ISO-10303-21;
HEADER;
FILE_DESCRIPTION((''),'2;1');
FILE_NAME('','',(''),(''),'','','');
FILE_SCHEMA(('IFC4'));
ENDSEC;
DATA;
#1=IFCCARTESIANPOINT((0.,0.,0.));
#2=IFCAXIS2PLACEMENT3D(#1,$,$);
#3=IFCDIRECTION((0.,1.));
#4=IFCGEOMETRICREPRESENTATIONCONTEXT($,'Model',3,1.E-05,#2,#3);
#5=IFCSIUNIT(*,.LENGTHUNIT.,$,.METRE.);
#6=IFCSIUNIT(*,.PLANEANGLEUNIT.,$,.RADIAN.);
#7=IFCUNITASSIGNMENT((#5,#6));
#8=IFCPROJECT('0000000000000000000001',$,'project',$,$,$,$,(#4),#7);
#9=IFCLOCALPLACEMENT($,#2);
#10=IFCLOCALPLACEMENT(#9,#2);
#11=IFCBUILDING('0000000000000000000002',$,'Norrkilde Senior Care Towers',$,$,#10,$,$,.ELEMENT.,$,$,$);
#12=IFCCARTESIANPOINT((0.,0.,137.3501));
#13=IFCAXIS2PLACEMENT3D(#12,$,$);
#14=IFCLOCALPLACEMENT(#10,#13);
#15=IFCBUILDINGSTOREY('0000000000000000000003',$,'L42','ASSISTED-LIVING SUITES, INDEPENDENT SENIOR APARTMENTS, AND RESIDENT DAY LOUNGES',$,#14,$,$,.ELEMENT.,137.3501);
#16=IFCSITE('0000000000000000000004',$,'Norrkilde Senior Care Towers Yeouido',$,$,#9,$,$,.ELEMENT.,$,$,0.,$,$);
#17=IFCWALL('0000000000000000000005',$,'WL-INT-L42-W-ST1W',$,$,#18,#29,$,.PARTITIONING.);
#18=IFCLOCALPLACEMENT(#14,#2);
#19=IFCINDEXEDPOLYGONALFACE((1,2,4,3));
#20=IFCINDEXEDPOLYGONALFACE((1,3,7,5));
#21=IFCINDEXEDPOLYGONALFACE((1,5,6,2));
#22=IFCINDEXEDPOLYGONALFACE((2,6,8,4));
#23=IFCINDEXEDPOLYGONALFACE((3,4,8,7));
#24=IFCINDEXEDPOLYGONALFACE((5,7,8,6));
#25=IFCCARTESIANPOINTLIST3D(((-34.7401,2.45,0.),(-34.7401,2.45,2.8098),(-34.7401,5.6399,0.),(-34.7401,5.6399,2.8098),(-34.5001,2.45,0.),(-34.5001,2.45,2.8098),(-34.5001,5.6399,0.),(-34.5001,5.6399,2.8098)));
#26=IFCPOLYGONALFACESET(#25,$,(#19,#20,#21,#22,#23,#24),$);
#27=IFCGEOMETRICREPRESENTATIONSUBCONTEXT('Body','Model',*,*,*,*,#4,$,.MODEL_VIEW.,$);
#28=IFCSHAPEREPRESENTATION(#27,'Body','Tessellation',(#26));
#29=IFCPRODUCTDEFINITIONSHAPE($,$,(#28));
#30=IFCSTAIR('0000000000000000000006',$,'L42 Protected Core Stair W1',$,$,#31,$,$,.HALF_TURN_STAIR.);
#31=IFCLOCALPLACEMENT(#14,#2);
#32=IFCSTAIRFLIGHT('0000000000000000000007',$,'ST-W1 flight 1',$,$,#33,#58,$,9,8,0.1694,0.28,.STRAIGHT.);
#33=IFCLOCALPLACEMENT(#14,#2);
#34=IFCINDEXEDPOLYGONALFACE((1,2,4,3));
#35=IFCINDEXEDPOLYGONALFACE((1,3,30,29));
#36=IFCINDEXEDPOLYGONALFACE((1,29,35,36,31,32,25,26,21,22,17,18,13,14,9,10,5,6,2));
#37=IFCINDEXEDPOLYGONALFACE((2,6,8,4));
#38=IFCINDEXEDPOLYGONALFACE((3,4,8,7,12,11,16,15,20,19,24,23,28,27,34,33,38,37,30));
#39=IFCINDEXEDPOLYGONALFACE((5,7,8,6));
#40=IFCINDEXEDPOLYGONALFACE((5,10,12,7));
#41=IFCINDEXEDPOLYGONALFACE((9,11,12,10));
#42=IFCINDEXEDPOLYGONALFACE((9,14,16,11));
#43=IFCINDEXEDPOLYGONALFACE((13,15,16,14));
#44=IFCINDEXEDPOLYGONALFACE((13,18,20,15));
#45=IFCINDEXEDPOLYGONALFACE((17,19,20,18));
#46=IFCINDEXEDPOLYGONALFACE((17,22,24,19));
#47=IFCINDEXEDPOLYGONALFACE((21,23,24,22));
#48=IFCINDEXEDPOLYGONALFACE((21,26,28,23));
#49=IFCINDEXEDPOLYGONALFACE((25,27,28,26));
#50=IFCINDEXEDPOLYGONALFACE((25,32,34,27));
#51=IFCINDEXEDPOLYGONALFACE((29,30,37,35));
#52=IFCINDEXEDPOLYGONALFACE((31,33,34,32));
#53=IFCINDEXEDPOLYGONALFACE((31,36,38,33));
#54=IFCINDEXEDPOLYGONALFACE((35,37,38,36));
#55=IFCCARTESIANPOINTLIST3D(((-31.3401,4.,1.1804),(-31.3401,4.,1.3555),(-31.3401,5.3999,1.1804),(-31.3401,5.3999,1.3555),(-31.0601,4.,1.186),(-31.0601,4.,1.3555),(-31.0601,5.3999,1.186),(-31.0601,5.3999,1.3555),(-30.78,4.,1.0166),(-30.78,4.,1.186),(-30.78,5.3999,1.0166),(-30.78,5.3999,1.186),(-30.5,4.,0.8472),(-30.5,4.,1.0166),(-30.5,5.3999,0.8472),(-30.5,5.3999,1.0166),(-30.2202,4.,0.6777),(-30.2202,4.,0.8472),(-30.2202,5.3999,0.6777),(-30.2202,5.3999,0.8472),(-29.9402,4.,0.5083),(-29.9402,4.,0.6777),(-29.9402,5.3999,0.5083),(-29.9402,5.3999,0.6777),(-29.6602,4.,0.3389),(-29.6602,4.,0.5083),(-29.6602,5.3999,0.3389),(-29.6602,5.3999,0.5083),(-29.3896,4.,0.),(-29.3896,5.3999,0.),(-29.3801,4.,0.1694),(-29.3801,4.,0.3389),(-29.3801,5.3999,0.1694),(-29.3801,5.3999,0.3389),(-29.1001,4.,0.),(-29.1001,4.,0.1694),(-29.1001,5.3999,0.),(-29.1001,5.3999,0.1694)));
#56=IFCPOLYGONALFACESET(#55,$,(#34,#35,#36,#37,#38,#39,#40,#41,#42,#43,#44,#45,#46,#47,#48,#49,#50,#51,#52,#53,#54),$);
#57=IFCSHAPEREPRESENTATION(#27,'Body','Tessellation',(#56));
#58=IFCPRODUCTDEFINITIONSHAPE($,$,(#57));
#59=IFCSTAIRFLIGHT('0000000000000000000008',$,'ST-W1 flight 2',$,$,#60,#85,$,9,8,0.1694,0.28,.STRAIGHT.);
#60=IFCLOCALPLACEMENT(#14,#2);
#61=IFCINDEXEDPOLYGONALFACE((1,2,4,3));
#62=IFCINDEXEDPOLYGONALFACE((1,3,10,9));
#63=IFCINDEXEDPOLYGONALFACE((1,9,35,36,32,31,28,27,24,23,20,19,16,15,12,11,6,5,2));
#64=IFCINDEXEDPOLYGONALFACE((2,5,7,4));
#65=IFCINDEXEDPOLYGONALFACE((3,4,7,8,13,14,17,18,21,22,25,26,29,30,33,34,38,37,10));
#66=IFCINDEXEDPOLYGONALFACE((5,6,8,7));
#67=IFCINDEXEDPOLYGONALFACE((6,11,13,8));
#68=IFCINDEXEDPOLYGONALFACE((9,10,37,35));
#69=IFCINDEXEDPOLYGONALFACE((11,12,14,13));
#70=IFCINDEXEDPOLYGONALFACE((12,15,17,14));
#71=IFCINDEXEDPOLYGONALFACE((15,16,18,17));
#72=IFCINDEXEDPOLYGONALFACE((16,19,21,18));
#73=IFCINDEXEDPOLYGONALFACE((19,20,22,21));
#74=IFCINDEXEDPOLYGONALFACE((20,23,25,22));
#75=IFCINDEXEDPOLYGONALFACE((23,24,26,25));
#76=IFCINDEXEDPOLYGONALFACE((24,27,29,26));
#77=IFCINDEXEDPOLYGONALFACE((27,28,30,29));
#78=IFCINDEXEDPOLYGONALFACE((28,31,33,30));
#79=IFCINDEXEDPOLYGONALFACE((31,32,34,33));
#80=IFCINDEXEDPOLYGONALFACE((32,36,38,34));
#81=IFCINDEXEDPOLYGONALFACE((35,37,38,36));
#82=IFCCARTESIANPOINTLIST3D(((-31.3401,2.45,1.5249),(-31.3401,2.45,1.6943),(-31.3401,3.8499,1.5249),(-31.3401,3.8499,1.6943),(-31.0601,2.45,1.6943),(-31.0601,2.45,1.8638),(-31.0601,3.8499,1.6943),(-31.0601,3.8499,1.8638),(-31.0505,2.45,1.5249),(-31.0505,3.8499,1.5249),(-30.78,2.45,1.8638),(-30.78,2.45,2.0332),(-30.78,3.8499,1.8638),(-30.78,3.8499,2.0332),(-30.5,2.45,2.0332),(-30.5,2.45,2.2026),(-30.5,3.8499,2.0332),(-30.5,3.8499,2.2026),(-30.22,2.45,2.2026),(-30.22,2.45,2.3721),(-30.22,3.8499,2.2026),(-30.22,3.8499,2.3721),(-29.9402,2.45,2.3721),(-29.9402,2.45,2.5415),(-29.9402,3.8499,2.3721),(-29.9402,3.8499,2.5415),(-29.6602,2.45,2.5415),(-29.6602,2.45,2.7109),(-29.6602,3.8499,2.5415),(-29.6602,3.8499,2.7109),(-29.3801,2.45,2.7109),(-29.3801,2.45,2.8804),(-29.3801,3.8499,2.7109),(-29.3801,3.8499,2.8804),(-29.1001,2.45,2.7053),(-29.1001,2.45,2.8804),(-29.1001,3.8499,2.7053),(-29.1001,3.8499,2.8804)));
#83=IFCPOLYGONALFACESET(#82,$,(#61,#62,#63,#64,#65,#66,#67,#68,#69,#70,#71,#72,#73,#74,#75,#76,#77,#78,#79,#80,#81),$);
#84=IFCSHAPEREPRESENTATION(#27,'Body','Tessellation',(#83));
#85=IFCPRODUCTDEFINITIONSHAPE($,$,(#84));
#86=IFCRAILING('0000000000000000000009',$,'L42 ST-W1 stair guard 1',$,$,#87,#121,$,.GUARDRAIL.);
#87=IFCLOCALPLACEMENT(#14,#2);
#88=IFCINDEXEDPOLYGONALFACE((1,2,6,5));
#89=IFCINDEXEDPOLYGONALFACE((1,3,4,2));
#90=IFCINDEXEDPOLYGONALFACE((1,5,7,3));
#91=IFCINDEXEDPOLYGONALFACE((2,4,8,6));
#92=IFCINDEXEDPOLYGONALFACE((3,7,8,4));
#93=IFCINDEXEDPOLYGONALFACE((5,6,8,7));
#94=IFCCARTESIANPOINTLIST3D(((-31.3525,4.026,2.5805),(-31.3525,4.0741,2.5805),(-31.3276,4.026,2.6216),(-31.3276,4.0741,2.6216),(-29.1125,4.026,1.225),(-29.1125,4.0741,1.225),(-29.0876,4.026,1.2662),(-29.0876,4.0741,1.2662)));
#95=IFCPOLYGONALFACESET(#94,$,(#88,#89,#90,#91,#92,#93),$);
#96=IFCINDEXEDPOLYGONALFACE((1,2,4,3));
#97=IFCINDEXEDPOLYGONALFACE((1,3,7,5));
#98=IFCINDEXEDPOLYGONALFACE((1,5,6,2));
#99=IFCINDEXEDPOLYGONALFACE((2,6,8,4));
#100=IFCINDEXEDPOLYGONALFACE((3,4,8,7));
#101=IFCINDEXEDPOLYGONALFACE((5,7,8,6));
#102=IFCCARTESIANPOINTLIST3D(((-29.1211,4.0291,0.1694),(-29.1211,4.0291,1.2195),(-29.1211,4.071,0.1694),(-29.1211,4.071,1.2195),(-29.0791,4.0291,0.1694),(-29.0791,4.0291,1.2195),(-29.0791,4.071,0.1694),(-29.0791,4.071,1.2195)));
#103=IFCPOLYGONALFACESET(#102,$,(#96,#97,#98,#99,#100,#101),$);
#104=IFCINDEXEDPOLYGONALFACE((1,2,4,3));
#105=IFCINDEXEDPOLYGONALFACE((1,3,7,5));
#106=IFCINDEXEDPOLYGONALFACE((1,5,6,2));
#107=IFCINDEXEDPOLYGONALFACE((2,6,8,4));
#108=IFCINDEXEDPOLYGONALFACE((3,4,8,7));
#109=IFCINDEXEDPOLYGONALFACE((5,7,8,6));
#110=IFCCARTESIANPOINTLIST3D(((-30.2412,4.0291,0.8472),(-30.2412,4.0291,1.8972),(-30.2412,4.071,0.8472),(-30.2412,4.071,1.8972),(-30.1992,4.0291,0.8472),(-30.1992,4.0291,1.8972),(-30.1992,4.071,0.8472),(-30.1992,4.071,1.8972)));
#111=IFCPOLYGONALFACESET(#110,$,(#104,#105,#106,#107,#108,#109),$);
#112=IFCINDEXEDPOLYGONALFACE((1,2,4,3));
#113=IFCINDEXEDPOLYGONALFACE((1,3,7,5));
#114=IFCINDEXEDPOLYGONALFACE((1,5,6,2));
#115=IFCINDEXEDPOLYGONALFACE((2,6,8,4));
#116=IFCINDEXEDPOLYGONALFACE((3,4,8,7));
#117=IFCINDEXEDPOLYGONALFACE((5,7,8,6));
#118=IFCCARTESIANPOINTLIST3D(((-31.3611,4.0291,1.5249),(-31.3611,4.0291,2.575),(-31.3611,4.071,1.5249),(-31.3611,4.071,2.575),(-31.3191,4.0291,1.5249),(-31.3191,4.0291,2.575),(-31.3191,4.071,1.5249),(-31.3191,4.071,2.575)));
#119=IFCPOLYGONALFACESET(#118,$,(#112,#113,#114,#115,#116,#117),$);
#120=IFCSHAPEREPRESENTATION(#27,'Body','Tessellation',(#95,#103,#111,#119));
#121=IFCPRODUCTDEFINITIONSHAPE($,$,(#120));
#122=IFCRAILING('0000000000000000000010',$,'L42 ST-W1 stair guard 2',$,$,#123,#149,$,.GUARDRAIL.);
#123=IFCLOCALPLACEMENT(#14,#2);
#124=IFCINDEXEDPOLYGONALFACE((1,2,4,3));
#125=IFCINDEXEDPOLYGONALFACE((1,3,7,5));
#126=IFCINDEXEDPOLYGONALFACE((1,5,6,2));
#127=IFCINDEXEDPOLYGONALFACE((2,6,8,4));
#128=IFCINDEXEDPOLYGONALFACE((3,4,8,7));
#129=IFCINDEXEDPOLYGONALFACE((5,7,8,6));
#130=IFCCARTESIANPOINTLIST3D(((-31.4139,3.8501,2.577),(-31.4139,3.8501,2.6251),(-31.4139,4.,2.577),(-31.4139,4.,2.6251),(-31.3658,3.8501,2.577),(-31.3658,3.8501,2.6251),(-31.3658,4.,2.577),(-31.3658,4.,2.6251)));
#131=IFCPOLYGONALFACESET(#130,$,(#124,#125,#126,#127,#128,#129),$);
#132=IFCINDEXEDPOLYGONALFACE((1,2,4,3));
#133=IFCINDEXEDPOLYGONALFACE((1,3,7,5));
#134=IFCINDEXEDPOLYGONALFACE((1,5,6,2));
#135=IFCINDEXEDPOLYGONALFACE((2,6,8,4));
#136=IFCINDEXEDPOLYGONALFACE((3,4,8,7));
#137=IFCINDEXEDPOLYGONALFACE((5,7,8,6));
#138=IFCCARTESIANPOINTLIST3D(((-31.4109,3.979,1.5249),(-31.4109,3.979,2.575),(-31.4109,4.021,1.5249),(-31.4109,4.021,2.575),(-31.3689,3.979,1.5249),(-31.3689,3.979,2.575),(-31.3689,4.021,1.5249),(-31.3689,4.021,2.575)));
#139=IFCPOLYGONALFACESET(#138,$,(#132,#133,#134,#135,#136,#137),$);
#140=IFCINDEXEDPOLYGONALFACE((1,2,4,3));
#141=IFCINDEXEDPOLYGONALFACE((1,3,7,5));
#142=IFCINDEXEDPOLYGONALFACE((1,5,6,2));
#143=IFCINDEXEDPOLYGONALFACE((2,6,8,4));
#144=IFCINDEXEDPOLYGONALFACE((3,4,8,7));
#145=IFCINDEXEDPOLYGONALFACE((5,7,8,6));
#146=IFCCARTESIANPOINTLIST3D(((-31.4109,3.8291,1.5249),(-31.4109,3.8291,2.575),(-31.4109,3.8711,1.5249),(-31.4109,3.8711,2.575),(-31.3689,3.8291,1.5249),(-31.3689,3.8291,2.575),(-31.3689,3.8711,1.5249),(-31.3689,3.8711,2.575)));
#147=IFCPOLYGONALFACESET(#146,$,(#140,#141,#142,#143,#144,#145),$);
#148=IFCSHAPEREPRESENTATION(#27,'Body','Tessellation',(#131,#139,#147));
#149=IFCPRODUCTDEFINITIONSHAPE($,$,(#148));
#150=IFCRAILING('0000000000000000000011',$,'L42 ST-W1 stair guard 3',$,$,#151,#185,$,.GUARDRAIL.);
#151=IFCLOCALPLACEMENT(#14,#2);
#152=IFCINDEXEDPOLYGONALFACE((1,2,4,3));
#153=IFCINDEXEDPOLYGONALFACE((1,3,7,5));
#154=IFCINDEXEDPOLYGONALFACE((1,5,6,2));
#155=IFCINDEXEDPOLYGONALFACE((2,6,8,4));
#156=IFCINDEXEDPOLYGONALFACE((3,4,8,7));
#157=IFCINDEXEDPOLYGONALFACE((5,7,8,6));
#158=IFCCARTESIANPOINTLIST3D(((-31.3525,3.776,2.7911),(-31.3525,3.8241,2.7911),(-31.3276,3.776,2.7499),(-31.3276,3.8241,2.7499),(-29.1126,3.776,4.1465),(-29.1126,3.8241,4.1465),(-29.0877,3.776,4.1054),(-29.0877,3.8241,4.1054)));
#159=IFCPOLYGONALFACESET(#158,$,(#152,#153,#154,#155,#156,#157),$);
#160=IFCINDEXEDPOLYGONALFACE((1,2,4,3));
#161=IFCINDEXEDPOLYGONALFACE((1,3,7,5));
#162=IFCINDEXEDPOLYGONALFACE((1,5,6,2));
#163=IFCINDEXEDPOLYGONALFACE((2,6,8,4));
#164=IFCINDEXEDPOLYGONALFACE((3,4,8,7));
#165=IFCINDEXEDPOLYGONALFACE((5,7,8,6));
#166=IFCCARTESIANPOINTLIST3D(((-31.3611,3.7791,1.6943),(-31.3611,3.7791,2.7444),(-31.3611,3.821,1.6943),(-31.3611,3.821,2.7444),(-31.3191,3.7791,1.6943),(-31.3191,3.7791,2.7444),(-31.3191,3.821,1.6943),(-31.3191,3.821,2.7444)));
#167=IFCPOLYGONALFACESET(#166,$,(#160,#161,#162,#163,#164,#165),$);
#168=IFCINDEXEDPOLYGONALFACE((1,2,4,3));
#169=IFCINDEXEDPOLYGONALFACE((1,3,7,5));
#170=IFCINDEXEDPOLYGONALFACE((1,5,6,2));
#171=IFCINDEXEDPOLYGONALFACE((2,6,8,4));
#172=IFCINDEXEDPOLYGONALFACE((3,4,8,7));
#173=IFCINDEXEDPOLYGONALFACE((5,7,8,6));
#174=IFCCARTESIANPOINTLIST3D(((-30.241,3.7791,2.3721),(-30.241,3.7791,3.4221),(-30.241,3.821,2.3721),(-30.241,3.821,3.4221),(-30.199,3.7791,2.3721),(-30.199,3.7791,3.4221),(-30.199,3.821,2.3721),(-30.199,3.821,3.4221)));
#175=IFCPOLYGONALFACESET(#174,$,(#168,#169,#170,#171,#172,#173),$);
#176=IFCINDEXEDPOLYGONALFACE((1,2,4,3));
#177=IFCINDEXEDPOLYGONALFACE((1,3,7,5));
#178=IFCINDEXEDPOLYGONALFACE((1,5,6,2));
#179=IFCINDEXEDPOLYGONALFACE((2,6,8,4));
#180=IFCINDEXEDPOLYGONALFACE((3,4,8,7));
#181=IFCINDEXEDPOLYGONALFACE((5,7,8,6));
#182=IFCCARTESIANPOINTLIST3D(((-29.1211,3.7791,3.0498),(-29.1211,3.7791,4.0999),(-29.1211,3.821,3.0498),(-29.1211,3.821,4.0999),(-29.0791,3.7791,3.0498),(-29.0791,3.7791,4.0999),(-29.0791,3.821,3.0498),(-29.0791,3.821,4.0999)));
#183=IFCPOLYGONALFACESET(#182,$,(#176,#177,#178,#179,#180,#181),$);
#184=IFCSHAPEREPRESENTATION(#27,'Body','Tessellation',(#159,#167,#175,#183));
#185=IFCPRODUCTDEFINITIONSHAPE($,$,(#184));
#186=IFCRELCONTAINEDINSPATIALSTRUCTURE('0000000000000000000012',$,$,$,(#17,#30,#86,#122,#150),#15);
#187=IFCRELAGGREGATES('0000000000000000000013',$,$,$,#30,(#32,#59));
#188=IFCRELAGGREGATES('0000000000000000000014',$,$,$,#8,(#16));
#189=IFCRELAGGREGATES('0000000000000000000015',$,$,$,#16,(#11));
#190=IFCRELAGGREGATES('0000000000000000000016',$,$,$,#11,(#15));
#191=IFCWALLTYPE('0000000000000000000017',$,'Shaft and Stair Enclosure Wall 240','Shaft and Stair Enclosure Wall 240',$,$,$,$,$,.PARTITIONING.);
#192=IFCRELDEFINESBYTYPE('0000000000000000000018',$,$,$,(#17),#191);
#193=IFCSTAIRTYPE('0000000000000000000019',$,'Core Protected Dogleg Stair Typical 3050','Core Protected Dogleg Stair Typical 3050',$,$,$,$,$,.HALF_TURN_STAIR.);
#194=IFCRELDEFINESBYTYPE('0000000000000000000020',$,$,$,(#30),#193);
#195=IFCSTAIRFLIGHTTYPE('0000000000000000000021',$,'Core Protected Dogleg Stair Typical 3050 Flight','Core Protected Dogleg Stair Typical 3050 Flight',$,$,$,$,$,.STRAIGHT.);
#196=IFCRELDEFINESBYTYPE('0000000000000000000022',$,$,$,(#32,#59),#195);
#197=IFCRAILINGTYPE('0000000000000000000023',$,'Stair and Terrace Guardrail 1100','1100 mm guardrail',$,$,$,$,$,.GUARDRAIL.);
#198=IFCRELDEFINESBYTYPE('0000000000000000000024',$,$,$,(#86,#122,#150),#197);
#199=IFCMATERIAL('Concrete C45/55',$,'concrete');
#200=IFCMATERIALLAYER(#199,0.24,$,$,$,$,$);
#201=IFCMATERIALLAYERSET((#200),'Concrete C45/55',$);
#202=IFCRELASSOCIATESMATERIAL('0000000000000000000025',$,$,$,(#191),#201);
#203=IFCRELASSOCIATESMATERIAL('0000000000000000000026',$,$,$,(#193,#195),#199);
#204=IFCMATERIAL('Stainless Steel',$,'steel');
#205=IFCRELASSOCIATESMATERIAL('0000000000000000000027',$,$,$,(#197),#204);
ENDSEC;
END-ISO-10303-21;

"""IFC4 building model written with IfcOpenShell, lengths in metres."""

from ifc_helpers import new_model, si_unit, direction, frame, frame_2d, origin, origin_2d, place, context, subcontext, project, spatial, polyline, rectangle, outline, extrude, source, transform, mapped, material, layer, layer_set, type_object, element, aggregate, save


model = new_model("IFC4")

# Units and contexts
model_context = context("Model", 3, precision=1e-05, world=origin(), true_north=direction((0.0, 1.0)))
body_context = subcontext(model_context, "Body", "Model", "MODEL_VIEW")
ifc_project = project(units=[si_unit("LENGTHUNIT", "METRE"), si_unit("PLANEANGLEUNIT", "RADIAN")], contexts=[model_context])

# Site, building, storey
site_placement = place(None, origin())
site = spatial("IfcSite", under=ifc_project, at=site_placement, Name="Norrkilde Senior Care Towers Yeouido", CompositionType="ELEMENT", RefElevation=0.0)
building_placement = place(site_placement, origin())
building = spatial("IfcBuilding", under=site, at=building_placement, Name="Norrkilde Senior Care Towers", CompositionType="ELEMENT")
storey_placement = place(building_placement, frame((0.0, 0.0, 137.3501)))
storey = spatial("IfcBuildingStorey", under=building, at=storey_placement, Name="L42", Description="ASSISTED-LIVING SUITES, INDEPENDENT SENIOR APARTMENTS, AND RESIDENT DAY LOUNGES", CompositionType="ELEMENT", Elevation=137.3501)

# Shared definitions
ifc_material_1 = material(Name="Concrete C45/55", Category="concrete")

# Wall
ifc_layer_1 = layer(ifc_material_1, 0.24)
ifc_layer_set_1 = layer_set([ifc_layer_1], Name="Concrete C45/55")
wall_type_1 = type_object("IfcWallType", Name="Shaft and Stair Enclosure Wall 240", Description="Shaft and Stair Enclosure Wall 240", PredefinedType="PARTITIONING", material=ifc_layer_set_1)
shared_shape_1 = source(origin(), body_context, "Body", "SweptSolid", [
    extrude(rectangle(XDim=3.1899, YDim=0.24, at=frame_2d((1.595, 0.0))), origin(), (0.0, 0.0, 1.0), 2.8098),
])
wall_1_placement = place(storey_placement, frame((-34.6201, 2.45, 0.0), z_axis=(0.0, 0.0, 1.0), x_axis=(0.0, 1.0, 0.0)))
element("IfcWall", 1, at=wall_1_placement, inside=storey, type_object=wall_type_1, Name="WL-INT-L42-W-ST1W", PredefinedType="PARTITIONING", context=body_context, shape_type="MappedRepresentation", body=[
    mapped(shared_shape_1, transform((0.0, 0.0, 0.0), x_axis=(1.0, 0.0, 0.0), y_axis=(0.0, 1.0, 0.0), z_axis=(0.0, 0.0, 1.0), scale=1.0)),
])

# Stair, stair flights
stair_type = type_object("IfcStairType", Name="Core Protected Dogleg Stair Typical 3050", Description="Core Protected Dogleg Stair Typical 3050", PredefinedType="HALF_TURN_STAIR", material=ifc_material_1)
stair_placement = place(storey_placement, origin())
stair = element("IfcStair", 2, at=stair_placement, inside=storey, type_object=stair_type, Name="L42 Protected Core Stair W1", PredefinedType="HALF_TURN_STAIR")
stair_flight_type = type_object("IfcStairFlightType", Name="Core Protected Dogleg Stair Typical 3050 Flight", Description="Core Protected Dogleg Stair Typical 3050 Flight", PredefinedType="STRAIGHT", material=ifc_material_1)
stair_flight_1_placement = place(storey_placement, frame((-29.1001, 4.7, 0.0), z_axis=(0.0, 0.0, 1.0), x_axis=(-1.0, 0.0, 0.0)))
stair_flight_1 = element("IfcStairFlight", 3, at=stair_flight_1_placement, type_object=stair_flight_type, Name="ST-W1 flight 1", NumberOfRisers=9, NumberOfTreads=8, PredefinedType="STRAIGHT", RiserHeight=0.1694, TreadLength=0.28, context=body_context, shape_type="SweptSolid", body=[
    extrude(outline(polyline([(0.0, 0.0), (0.0, 0.1694), (0.28, 0.1694), (0.28, 0.3389), (0.5601, 0.3389), (0.5601, 0.5083), (0.8401, 0.5083), (0.8401, 0.6777), (1.1201, 0.6777), (1.1201, 0.8472), (1.3999, 0.8472), (1.3999, 1.0166), (1.6799, 1.0166), (1.6799, 1.186), (1.96, 1.186), (1.96, 1.3555), (2.24, 1.3555), (2.24, 1.5249), (2.24, 1.1804), (0.2896, 0.0), (0.0, 0.0)])), frame((0.0, 0.7, 0.0), z_axis=(0.0, -1.0, 0.0), x_axis=(1.0, 0.0, 0.0)), (0.0, 0.0, 1.0), 1.3999),
])
stair_flight_2_placement = place(storey_placement, frame((-31.3401, 3.1499, 1.5249), z_axis=(0.0, 0.0, 1.0), x_axis=(1.0, 0.0, 0.0)))
stair_flight_2 = element("IfcStairFlight", 4, at=stair_flight_2_placement, type_object=stair_flight_type, Name="ST-W1 flight 2", NumberOfRisers=9, NumberOfTreads=8, PredefinedType="STRAIGHT", RiserHeight=0.1694, TreadLength=0.28, context=body_context, shape_type="SweptSolid", body=[
    extrude(outline(polyline([(0.0, 0.0), (0.0, 0.1694), (0.28, 0.1694), (0.28, 0.3389), (0.5601, 0.3389), (0.5601, 0.5083), (0.8401, 0.5083), (0.8401, 0.6777), (1.1201, 0.6777), (1.1201, 0.8472), (1.3999, 0.8472), (1.3999, 1.0166), (1.6799, 1.0166), (1.6799, 1.186), (1.96, 1.186), (1.96, 1.3555), (2.24, 1.3555), (2.24, 1.5249), (2.24, 1.1804), (0.2896, 0.0), (0.0, 0.0)])), frame((0.0, 0.7, 0.0), z_axis=(0.0, -1.0, 0.0), x_axis=(1.0, 0.0, 0.0)), (0.0, 0.0, 1.0), 1.3999),
])
aggregate(stair, [stair_flight_1, stair_flight_2])

# Railings
ifc_material_2 = material(Name="Stainless Steel", Category="steel")
railing_type_1 = type_object("IfcRailingType", Name="Stair and Terrace Guardrail 1100", Description="1100 mm guardrail", PredefinedType="GUARDRAIL", material=ifc_material_2)
railing_1_placement = place(storey_placement, frame((-29.1001, 4.05, 0.1694)))
element("IfcRailing", 5, at=railing_1_placement, inside=storey, type_object=railing_type_1, Name="L42 ST-W1 stair guard 1", PredefinedType="GUARDRAIL", context=body_context, shape_type="SweptSolid", body=[
    extrude(rectangle(XDim=0.0481, YDim=0.0481, at=origin_2d()), frame((0.0, 0.0, 1.0762), z_axis=(-0.855553, 0.0, 0.517715), x_axis=(0.0, -1.0, 0.0)), (0.0, 0.0, 1.0), 2.6182),
    extrude(rectangle(XDim=0.042, YDim=0.042, at=origin_2d()), origin(), (0.0, 0.0, 1.0), 1.05),
    extrude(rectangle(XDim=0.042, YDim=0.042, at=origin_2d()), frame((-1.1201, 0.0, 0.6777)), (0.0, 0.0, 1.0), 1.05),
    extrude(rectangle(XDim=0.042, YDim=0.042, at=origin_2d()), frame((-2.24, 0.0, 1.3555)), (0.0, 0.0, 1.0), 1.05),
])
railing_2_placement = place(storey_placement, frame((-31.3899, 4.0, 1.5249)))
element("IfcRailing", 6, at=railing_2_placement, inside=storey, type_object=railing_type_1, Name="L42 ST-W1 stair guard 2", PredefinedType="GUARDRAIL", context=body_context, shape_type="SweptSolid", body=[
    extrude(rectangle(XDim=0.0481, YDim=0.0481, at=origin_2d()), frame((0.0, 0.0, 1.0762), z_axis=(0.0, -1.0, 0.0), x_axis=(1.0, 0.0, 0.0)), (0.0, 0.0, 1.0), 0.1499),
    extrude(rectangle(XDim=0.042, YDim=0.042, at=origin_2d()), origin(), (0.0, 0.0, 1.0), 1.05),
    extrude(rectangle(XDim=0.042, YDim=0.042, at=origin_2d()), frame((0.0, -0.1499, 0.0)), (0.0, 0.0, 1.0), 1.05),
])
railing_3_placement = place(storey_placement, frame((-31.3401, 3.8, 1.6943)))
element("IfcRailing", 7, at=railing_3_placement, inside=storey, type_object=railing_type_1, Name="L42 ST-W1 stair guard 3", PredefinedType="GUARDRAIL", context=body_context, shape_type="SweptSolid", body=[
    extrude(rectangle(XDim=0.0481, YDim=0.0481, at=origin_2d()), frame((0.0, 0.0, 1.0762), z_axis=(0.855553, 0.0, 0.517715), x_axis=(0.0, 1.0, 0.0)), (0.0, 0.0, 1.0), 2.6182),
    extrude(rectangle(XDim=0.042, YDim=0.042, at=origin_2d()), origin(), (0.0, 0.0, 1.0), 1.05),
    extrude(rectangle(XDim=0.042, YDim=0.042, at=origin_2d()), frame((1.1201, 0.0, 0.6777)), (0.0, 0.0, 1.0), 1.05),
    extrude(rectangle(XDim=0.042, YDim=0.042, at=origin_2d()), frame((2.24, 0.0, 1.3555)), (0.0, 0.0, 1.0), 1.05),
])

save(model, "model.ifc")
